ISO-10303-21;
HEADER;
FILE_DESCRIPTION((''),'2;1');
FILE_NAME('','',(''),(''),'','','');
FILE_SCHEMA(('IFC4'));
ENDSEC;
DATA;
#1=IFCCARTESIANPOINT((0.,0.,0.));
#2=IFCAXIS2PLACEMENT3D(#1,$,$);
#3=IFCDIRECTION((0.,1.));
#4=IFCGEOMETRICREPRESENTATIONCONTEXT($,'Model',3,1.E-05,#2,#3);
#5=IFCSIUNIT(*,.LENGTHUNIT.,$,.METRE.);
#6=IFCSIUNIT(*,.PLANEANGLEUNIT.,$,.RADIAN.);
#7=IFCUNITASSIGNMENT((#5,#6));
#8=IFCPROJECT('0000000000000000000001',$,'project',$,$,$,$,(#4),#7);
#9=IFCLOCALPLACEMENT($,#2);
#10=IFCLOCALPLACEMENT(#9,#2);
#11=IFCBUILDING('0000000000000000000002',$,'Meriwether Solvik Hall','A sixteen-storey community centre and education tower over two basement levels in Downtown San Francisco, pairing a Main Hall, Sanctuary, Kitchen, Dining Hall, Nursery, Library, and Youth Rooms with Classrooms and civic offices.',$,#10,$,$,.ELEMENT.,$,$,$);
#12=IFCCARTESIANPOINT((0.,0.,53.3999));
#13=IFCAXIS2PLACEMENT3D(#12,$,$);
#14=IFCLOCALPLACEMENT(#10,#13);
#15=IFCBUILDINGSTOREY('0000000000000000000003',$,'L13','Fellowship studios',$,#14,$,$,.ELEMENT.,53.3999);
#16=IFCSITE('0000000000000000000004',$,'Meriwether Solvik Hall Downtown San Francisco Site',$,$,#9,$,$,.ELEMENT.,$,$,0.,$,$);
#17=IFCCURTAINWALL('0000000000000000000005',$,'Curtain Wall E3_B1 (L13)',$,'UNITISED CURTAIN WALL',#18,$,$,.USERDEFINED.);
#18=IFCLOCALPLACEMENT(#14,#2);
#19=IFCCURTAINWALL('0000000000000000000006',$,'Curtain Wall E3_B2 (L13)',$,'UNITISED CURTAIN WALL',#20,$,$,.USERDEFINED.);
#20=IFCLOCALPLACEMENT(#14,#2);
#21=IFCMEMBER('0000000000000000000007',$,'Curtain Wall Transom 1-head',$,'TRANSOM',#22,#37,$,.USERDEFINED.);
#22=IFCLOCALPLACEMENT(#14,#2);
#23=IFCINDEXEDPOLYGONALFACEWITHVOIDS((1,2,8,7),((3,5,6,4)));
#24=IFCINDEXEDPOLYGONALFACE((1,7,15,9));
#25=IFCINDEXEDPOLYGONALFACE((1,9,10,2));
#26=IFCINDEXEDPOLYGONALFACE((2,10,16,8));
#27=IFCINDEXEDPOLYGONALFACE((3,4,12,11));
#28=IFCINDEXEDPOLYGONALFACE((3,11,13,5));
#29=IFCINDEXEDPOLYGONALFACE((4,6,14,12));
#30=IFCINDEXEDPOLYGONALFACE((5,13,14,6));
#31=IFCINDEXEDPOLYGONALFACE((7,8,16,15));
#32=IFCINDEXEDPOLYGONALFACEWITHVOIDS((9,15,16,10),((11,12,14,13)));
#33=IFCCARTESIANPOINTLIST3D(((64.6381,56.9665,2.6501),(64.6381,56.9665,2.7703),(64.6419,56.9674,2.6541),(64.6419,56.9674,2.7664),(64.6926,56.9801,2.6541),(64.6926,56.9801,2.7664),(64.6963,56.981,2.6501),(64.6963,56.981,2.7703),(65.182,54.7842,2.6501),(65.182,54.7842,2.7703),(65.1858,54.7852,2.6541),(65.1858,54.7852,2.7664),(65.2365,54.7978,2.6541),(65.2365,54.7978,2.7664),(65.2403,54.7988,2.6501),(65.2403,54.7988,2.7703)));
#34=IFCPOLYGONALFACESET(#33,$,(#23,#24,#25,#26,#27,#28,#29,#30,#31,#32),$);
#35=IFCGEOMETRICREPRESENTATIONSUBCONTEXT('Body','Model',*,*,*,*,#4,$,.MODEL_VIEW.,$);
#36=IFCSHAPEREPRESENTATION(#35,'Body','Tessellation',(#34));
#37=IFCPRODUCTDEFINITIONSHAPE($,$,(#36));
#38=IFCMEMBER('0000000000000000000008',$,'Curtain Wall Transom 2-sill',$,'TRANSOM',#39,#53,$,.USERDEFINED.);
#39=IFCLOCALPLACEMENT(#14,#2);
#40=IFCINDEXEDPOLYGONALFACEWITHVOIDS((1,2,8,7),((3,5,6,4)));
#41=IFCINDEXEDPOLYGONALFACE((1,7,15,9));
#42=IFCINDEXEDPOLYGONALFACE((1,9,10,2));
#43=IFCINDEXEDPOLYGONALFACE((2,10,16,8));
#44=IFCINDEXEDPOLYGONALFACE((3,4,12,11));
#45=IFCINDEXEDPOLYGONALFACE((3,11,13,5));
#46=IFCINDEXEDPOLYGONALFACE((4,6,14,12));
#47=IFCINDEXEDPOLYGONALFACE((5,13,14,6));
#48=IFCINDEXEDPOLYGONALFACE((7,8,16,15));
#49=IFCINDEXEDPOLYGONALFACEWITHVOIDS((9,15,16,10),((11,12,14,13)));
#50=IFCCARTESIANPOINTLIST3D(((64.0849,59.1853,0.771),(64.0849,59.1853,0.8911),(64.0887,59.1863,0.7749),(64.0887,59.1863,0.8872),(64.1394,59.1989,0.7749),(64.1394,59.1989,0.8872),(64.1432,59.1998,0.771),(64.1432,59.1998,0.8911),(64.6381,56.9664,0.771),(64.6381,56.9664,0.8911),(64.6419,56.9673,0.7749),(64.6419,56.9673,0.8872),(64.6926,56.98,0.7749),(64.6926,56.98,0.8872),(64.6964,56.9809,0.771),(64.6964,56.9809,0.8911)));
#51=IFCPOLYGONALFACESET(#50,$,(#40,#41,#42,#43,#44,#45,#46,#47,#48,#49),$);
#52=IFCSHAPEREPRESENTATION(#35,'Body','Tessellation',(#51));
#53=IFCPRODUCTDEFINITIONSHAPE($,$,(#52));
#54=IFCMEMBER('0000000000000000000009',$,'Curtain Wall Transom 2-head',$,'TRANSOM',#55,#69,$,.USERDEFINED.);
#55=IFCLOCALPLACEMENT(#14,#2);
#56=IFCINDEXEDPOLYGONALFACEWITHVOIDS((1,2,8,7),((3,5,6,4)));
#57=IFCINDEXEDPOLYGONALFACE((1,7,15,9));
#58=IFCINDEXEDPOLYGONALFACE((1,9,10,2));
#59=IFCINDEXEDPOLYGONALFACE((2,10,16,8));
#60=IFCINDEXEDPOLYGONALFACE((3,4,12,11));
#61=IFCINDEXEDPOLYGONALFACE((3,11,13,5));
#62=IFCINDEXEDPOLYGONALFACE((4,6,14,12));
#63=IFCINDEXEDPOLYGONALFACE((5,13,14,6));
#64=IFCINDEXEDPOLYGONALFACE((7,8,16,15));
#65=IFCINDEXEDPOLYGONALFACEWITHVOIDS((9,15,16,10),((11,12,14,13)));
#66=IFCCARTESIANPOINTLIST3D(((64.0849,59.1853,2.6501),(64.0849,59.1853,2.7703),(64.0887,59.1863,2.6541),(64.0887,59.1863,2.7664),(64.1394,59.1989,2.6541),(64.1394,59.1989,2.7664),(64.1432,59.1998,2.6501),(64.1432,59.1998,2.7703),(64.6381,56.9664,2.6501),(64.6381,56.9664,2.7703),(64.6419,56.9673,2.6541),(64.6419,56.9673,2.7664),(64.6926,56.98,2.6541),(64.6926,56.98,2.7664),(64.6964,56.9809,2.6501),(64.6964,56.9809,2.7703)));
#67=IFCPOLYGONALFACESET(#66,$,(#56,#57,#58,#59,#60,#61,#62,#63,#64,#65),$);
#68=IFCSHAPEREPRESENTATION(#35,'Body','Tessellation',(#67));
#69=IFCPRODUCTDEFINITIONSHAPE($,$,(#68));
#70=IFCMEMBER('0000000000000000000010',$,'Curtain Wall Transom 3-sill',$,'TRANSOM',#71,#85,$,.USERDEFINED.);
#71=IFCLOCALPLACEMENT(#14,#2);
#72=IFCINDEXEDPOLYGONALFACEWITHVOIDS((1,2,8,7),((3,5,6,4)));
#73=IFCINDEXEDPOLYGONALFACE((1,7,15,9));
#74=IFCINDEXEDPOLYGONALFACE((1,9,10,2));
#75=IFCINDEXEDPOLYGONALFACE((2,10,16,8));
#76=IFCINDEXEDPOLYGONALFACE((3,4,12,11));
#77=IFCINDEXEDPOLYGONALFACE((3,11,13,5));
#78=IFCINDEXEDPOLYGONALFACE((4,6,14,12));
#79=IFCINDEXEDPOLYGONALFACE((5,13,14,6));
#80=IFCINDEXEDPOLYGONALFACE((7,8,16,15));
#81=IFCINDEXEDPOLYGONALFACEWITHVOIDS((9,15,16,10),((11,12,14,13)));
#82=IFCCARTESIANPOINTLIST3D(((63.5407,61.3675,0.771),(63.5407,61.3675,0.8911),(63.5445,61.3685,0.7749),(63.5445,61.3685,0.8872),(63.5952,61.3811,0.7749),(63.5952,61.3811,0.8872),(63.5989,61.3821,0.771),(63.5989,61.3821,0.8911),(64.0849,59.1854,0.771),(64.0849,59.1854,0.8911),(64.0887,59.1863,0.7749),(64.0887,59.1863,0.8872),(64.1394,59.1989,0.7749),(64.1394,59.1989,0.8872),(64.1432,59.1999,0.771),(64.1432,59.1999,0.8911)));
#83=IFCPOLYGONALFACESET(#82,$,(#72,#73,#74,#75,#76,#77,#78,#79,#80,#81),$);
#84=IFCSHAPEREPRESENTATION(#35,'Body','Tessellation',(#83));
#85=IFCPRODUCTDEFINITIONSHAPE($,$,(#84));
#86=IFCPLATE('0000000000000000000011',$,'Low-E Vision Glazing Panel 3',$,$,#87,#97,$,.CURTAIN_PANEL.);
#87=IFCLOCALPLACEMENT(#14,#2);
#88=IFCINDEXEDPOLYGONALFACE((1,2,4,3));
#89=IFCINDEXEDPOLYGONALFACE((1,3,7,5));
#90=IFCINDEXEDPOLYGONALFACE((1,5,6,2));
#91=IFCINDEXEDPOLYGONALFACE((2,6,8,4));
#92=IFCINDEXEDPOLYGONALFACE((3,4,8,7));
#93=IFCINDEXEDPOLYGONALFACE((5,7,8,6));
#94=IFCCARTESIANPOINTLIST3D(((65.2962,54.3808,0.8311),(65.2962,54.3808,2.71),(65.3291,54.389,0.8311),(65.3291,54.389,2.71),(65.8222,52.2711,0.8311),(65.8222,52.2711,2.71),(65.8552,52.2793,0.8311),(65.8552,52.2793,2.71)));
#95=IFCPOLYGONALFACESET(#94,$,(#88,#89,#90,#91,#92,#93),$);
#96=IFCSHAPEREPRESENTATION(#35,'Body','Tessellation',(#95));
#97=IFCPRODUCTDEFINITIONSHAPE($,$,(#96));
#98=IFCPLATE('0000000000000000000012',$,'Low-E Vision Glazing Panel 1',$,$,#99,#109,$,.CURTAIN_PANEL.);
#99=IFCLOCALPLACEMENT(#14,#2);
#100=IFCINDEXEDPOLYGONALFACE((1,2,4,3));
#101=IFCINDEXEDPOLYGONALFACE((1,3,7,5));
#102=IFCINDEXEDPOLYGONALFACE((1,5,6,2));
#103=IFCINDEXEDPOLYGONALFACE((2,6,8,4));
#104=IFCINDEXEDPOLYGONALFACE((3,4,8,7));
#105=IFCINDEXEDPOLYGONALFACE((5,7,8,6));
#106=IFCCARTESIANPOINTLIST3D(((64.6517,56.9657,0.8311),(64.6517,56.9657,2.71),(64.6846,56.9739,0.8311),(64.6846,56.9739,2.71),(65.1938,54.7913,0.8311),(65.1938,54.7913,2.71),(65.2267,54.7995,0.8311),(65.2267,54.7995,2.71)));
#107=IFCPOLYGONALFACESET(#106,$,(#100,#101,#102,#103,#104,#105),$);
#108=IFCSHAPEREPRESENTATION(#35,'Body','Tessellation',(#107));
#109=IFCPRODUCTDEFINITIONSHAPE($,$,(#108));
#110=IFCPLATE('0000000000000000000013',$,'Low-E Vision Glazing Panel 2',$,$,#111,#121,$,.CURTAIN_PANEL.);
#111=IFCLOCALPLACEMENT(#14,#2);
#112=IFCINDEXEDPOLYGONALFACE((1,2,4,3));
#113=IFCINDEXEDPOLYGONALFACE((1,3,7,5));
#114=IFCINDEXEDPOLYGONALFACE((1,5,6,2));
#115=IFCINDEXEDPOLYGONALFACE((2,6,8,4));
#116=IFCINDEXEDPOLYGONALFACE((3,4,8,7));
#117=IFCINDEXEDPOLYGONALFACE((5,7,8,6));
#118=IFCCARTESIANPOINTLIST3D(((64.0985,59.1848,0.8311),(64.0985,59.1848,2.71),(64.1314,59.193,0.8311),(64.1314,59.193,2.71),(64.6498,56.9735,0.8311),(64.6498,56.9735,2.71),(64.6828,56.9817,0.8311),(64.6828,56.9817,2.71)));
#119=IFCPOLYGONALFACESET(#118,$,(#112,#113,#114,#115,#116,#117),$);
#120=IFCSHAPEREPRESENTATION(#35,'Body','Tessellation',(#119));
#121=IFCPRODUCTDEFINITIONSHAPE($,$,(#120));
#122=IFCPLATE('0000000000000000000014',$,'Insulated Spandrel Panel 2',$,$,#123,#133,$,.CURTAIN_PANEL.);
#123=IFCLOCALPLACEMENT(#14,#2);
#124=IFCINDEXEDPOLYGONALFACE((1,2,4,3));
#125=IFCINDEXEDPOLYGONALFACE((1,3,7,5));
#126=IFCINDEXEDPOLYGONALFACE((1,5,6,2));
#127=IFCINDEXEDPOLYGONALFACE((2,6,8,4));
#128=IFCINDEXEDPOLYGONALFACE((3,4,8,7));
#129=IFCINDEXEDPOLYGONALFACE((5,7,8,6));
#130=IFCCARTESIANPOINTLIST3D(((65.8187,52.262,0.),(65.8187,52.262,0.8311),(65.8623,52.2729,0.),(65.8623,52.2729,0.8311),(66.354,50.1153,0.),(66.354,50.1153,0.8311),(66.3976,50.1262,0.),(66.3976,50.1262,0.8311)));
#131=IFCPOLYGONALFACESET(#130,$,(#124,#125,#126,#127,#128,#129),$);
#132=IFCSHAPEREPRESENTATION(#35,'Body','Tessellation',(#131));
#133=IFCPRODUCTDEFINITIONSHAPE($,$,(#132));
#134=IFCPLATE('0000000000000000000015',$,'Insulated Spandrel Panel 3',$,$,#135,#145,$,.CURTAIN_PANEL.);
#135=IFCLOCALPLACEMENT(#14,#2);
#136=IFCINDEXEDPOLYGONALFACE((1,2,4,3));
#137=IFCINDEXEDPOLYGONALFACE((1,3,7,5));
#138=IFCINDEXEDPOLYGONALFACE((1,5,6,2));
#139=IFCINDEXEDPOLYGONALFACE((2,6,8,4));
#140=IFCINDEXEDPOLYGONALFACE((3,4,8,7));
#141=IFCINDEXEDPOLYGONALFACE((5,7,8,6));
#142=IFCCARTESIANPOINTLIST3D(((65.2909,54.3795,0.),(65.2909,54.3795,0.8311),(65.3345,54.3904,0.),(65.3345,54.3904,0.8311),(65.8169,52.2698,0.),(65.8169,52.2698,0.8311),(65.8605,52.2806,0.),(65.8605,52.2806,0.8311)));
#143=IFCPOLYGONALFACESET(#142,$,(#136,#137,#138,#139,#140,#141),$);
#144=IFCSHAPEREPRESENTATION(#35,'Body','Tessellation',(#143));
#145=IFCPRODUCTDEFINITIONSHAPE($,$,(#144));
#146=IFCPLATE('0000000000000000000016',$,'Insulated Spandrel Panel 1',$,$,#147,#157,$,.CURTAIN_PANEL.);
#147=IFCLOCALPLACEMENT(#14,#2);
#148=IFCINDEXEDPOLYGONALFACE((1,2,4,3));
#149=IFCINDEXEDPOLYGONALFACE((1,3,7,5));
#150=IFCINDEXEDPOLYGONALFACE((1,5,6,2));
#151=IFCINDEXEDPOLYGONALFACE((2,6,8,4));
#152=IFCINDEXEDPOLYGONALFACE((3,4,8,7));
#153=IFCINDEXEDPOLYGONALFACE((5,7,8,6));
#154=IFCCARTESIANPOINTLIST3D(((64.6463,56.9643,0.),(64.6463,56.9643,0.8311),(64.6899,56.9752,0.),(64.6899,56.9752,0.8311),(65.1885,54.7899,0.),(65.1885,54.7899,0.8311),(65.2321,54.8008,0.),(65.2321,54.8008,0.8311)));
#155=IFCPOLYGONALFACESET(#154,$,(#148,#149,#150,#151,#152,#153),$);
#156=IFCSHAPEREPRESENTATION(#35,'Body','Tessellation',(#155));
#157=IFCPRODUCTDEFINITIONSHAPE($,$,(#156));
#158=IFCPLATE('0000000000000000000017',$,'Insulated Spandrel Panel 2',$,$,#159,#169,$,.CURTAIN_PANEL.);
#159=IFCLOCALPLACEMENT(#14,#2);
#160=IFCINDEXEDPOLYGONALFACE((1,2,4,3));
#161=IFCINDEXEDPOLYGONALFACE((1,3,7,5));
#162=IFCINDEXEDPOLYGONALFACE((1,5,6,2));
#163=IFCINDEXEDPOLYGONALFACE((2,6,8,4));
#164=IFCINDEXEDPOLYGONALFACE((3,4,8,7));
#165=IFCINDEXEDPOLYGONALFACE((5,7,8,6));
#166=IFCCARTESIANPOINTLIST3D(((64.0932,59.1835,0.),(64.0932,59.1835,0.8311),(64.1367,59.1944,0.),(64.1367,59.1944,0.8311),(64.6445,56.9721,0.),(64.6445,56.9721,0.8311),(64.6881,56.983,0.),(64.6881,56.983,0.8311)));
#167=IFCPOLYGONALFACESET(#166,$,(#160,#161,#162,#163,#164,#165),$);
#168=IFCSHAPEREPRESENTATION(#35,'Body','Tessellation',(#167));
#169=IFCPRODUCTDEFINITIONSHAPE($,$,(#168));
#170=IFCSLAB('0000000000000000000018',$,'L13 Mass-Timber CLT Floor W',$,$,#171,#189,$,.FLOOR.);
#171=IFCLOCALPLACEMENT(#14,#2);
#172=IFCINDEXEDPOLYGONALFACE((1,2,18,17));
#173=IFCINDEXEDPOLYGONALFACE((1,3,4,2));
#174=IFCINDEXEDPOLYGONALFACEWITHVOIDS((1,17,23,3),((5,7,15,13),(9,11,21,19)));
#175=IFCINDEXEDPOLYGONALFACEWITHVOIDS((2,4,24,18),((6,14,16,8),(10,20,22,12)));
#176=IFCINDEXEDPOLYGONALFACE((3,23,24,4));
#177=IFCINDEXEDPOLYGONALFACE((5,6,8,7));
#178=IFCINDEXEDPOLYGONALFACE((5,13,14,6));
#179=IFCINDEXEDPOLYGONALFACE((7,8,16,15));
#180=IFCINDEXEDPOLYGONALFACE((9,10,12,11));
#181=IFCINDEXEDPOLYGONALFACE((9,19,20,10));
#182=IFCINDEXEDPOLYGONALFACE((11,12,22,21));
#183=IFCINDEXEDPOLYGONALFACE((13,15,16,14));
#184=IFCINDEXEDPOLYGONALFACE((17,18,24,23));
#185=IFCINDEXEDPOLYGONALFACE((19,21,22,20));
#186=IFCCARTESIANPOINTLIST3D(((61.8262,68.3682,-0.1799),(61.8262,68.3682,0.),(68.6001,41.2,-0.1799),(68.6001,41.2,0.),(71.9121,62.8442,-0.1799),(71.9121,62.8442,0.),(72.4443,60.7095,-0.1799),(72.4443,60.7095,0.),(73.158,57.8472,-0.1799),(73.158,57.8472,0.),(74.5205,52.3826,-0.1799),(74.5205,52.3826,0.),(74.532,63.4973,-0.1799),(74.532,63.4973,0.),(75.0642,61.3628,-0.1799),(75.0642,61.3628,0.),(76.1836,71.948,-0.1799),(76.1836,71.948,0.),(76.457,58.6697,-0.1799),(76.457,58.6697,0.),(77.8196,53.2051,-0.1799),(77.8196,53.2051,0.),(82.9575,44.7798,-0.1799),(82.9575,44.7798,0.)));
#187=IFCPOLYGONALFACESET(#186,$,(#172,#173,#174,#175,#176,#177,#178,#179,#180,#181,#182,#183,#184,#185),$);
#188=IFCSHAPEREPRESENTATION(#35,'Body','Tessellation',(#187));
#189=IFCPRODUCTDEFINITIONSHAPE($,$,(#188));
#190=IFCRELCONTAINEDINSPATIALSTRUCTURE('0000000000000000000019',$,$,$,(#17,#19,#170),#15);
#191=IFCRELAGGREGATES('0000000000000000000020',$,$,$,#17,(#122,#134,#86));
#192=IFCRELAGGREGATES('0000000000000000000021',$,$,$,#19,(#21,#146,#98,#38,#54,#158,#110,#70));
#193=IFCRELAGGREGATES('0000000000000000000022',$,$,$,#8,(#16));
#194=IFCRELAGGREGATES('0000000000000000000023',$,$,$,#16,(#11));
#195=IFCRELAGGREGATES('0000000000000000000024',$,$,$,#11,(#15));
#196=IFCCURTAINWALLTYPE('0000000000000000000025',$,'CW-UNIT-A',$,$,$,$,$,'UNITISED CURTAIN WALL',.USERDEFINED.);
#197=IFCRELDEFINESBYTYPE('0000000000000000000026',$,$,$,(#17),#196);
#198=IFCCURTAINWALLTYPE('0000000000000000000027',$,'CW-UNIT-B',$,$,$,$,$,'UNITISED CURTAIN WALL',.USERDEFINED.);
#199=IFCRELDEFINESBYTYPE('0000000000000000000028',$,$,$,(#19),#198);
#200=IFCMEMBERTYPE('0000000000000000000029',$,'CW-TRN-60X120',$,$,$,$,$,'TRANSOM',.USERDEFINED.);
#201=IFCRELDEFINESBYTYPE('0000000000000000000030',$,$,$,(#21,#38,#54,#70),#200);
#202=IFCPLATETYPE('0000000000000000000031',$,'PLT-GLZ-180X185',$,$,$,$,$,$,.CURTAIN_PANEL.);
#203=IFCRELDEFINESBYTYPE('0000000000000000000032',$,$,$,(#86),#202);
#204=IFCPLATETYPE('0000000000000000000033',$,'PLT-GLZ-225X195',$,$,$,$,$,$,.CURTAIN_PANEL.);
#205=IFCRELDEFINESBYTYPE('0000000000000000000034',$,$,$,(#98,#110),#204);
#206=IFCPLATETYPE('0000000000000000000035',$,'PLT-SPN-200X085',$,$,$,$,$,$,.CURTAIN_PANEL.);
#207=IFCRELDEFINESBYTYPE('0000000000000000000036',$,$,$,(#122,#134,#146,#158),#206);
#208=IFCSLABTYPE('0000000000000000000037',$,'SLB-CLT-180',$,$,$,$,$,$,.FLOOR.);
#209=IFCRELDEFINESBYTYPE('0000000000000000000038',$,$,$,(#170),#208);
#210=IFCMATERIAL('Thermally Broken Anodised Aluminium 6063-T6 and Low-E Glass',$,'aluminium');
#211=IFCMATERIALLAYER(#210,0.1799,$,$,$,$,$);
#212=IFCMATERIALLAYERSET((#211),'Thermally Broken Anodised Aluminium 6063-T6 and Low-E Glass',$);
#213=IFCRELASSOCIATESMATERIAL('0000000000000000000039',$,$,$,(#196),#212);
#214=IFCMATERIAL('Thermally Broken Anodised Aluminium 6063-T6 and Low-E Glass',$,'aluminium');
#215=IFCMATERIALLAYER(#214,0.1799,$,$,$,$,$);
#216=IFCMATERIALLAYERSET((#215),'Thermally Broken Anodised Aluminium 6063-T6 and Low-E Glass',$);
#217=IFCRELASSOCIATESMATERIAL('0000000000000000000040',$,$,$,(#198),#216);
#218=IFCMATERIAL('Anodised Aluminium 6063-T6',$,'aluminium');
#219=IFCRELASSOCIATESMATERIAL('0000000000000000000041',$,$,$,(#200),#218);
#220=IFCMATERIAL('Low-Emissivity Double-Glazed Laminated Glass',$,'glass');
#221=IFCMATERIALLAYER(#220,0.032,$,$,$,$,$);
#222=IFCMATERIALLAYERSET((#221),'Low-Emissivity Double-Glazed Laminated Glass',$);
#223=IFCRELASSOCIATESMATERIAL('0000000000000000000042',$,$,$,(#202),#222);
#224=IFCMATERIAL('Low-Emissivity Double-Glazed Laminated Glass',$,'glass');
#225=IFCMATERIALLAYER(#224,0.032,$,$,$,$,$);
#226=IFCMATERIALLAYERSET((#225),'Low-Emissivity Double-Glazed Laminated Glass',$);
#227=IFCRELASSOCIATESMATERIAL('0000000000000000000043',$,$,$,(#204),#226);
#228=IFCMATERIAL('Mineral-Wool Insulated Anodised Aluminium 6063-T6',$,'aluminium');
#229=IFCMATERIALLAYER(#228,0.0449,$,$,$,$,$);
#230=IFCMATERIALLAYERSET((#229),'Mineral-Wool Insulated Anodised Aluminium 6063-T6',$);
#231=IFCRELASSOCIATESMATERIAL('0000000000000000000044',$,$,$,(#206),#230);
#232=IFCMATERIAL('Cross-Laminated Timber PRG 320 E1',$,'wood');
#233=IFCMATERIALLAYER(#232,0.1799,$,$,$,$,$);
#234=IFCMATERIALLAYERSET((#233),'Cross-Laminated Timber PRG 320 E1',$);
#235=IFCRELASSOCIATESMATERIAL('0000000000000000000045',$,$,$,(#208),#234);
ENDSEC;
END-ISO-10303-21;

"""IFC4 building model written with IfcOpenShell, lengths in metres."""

from ifc_helpers import new_model, si_unit, direction, frame, origin, origin_2d, place, context, subcontext, project, spatial, polyline, rectangle, hollow_rectangle, outline, extrude, material, layer, layer_set, material_profile, profile_set, type_object, element, aggregate, save


model = new_model("IFC4")

# Units and contexts
model_context = context("Model", 3, precision=1e-05, world=origin(), true_north=direction((0.0, 1.0)))
body_context = subcontext(model_context, "Body", "Model", "MODEL_VIEW")
ifc_project = project(units=[si_unit("LENGTHUNIT", "METRE"), si_unit("PLANEANGLEUNIT", "RADIAN")], contexts=[model_context])

# Site, building, storey
site_placement = place(None, origin())
site = spatial("IfcSite", under=ifc_project, at=site_placement, Name="Meriwether Solvik Hall Downtown San Francisco Site", CompositionType="ELEMENT", RefElevation=0.0)
building_placement = place(site_placement, origin())
building = spatial("IfcBuilding", under=site, at=building_placement, Name="Meriwether Solvik Hall", Description="A sixteen-storey community centre and education tower over two basement levels in Downtown San Francisco, pairing a Main Hall, Sanctuary, Kitchen, Dining Hall, Nursery, Library, and Youth Rooms with Classrooms and civic offices.", CompositionType="ELEMENT")
storey_placement = place(building_placement, frame((0.0, 0.0, 53.3999)))
storey = spatial("IfcBuildingStorey", under=building, at=storey_placement, Name="L13", Description="Fellowship studios", CompositionType="ELEMENT", Elevation=53.3999)

# Curtain walls
ifc_material_1 = material(Name="Thermally Broken Anodised Aluminium 6063-T6 and Low-E Glass", Category="aluminium")
ifc_layer_1 = layer(ifc_material_1, 0.1799)
ifc_layer_set_1 = layer_set([ifc_layer_1], Name="Thermally Broken Anodised Aluminium 6063-T6 and Low-E Glass")
curtain_wall_type_1 = type_object("IfcCurtainWallType", Name="CW-UNIT-A", ElementType="UNITISED CURTAIN WALL", PredefinedType="USERDEFINED", material=ifc_layer_set_1)
curtain_wall_1_placement = place(storey_placement, origin())
curtain_wall_1 = element("IfcCurtainWall", 1, at=curtain_wall_1_placement, inside=storey, type_object=curtain_wall_type_1, Name="Curtain Wall E3_B1 (L13)", ObjectType="UNITISED CURTAIN WALL", PredefinedType="USERDEFINED")
ifc_material_2 = material(Name="Thermally Broken Anodised Aluminium 6063-T6 and Low-E Glass", Category="aluminium")
ifc_layer_2 = layer(ifc_material_2, 0.1799)
ifc_layer_set_2 = layer_set([ifc_layer_2], Name="Thermally Broken Anodised Aluminium 6063-T6 and Low-E Glass")
curtain_wall_type_2 = type_object("IfcCurtainWallType", Name="CW-UNIT-B", ElementType="UNITISED CURTAIN WALL", PredefinedType="USERDEFINED", material=ifc_layer_set_2)
curtain_wall_2_placement = place(storey_placement, origin())
curtain_wall_2 = element("IfcCurtainWall", 2, at=curtain_wall_2_placement, inside=storey, type_object=curtain_wall_type_2, Name="Curtain Wall E3_B2 (L13)", ObjectType="UNITISED CURTAIN WALL", PredefinedType="USERDEFINED")

# Members
ifc_material_3 = material(Name="Anodised Aluminium 6063-T6", Category="aluminium")
ifc_material_profile_1 = material_profile(ifc_material_3, hollow_rectangle(XDim=0.0601, YDim=0.1201, WallThickness=0.0039, at=origin_2d()), Name="CWT-60X120")
ifc_profile_set_1 = profile_set([ifc_material_profile_1], Name="Anodised Aluminium 6063-T6")
member_type_1 = type_object("IfcMemberType", Name="CW-TRN-60X120", ElementType="TRANSOM", PredefinedType="USERDEFINED", material=ifc_profile_set_1)
member_1_placement = place(storey_placement, frame((65.2112, 54.7915, 2.7102), z_axis=(-0.241871, 0.970308, 0.0), x_axis=(-0.970308, -0.241871, 0.0)))
member_1 = element("IfcMember", 3, at=member_1_placement, type_object=member_type_1, Name="Curtain Wall Transom 1-head", ObjectType="TRANSOM", PredefinedType="USERDEFINED", context=body_context, shape_type="SweptSolid", body=[
    extrude(hollow_rectangle(XDim=0.0601, YDim=0.1201, WallThickness=0.0039, at=origin_2d()), origin(), (0.0, 0.0, 1.0), 2.249),
])
member_2_placement = place(storey_placement, frame((64.6672, 56.9736, 0.8311), z_axis=(-0.241908, 0.970299, 0.0), x_axis=(-0.970299, -0.241908, 0.0)))
member_2 = element("IfcMember", 4, at=member_2_placement, type_object=member_type_1, Name="Curtain Wall Transom 2-sill", ObjectType="TRANSOM", PredefinedType="USERDEFINED", context=body_context, shape_type="SweptSolid", body=[
    extrude(hollow_rectangle(XDim=0.0601, YDim=0.1201, WallThickness=0.0039, at=origin_2d()), origin(), (0.0, 0.0, 1.0), 2.2869),
])
member_3_placement = place(storey_placement, frame((64.6672, 56.9736, 2.7102), z_axis=(-0.241908, 0.970299, 0.0), x_axis=(-0.970299, -0.241908, 0.0)))
member_3 = element("IfcMember", 5, at=member_3_placement, type_object=member_type_1, Name="Curtain Wall Transom 2-head", ObjectType="TRANSOM", PredefinedType="USERDEFINED", context=body_context, shape_type="SweptSolid", body=[
    extrude(hollow_rectangle(XDim=0.0601, YDim=0.1201, WallThickness=0.0039, at=origin_2d()), origin(), (0.0, 0.0, 1.0), 2.2869),
])
member_4_placement = place(storey_placement, frame((64.114, 59.1926, 0.8311), z_axis=(-0.241974, 0.970283, 0.0), x_axis=(-0.970283, -0.241974, 0.0)))
member_4 = element("IfcMember", 6, at=member_4_placement, type_object=member_type_1, Name="Curtain Wall Transom 3-sill", ObjectType="TRANSOM", PredefinedType="USERDEFINED", context=body_context, shape_type="SweptSolid", body=[
    extrude(hollow_rectangle(XDim=0.0601, YDim=0.1201, WallThickness=0.0039, at=origin_2d()), origin(), (0.0, 0.0, 1.0), 2.249),
])

# Plates
ifc_material_4 = material(Name="Low-Emissivity Double-Glazed Laminated Glass", Category="glass")
ifc_layer_3 = layer(ifc_material_4, 0.032)
ifc_layer_set_3 = layer_set([ifc_layer_3], Name="Low-Emissivity Double-Glazed Laminated Glass")
plate_type_1 = type_object("IfcPlateType", Name="PLT-GLZ-180X185", PredefinedType="CURTAIN_PANEL", material=ifc_layer_set_3)
plate_1_placement = place(storey_placement, frame((65.5757, 53.3301, 0.8311), z_axis=(0.0, 0.0, 1.0), x_axis=(-0.241922, 0.970296, 0.0)))
plate_1 = element("IfcPlate", 7, at=plate_1_placement, type_object=plate_type_1, Name="Low-E Vision Glazing Panel 3", PredefinedType="CURTAIN_PANEL", context=body_context, shape_type="SweptSolid", body=[
    extrude(rectangle(XDim=2.1743, YDim=0.0339, at=origin_2d()), origin(), (0.0, 0.0, 1.0), 1.8789),
])
ifc_material_5 = material(Name="Low-Emissivity Double-Glazed Laminated Glass", Category="glass")
ifc_layer_4 = layer(ifc_material_5, 0.032)
ifc_layer_set_4 = layer_set([ifc_layer_4], Name="Low-Emissivity Double-Glazed Laminated Glass")
plate_type_2 = type_object("IfcPlateType", Name="PLT-GLZ-225X195", PredefinedType="CURTAIN_PANEL", material=ifc_layer_set_4)
plate_2_placement = place(storey_placement, frame((64.9392, 55.8826, 0.8311), z_axis=(0.0, 0.0, 1.0), x_axis=(-0.241922, 0.970296, 0.0)))
plate_2 = element("IfcPlate", 8, at=plate_2_placement, type_object=plate_type_2, Name="Low-E Vision Glazing Panel 1", PredefinedType="CURTAIN_PANEL", context=body_context, shape_type="SweptSolid", body=[
    extrude(rectangle(XDim=2.241, YDim=0.0339, at=origin_2d()), origin(), (0.0, 0.0, 1.0), 1.8789),
])
plate_3_placement = place(storey_placement, frame((64.3906, 58.0833, 0.8311), z_axis=(0.0, 0.0, 1.0), x_axis=(-0.241922, 0.970296, 0.0)))
plate_3 = element("IfcPlate", 9, at=plate_3_placement, type_object=plate_type_2, Name="Low-E Vision Glazing Panel 2", PredefinedType="CURTAIN_PANEL", context=body_context, shape_type="SweptSolid", body=[
    extrude(rectangle(XDim=2.2791, YDim=0.0339, at=origin_2d()), origin(), (0.0, 0.0, 1.0), 1.8789),
])
ifc_material_6 = material(Name="Mineral-Wool Insulated Anodised Aluminium 6063-T6", Category="aluminium")
ifc_layer_5 = layer(ifc_material_6, 0.0449)
ifc_layer_set_5 = layer_set([ifc_layer_5], Name="Mineral-Wool Insulated Anodised Aluminium 6063-T6")
plate_type_3 = type_object("IfcPlateType", Name="PLT-SPN-200X085", PredefinedType="CURTAIN_PANEL", material=ifc_layer_set_5)
plate_4_placement = place(storey_placement, frame((66.1082, 51.1941, 0.0), z_axis=(0.0, 0.0, 1.0), x_axis=(-0.241922, 0.970296, 0.0)))
plate_4 = element("IfcPlate", 10, at=plate_4_placement, type_object=plate_type_3, Name="Insulated Spandrel Panel 2", PredefinedType="CURTAIN_PANEL", context=body_context, shape_type="SweptSolid", body=[
    extrude(rectangle(XDim=2.2124, YDim=0.0449, at=origin_2d()), origin(), (0.0, 0.0, 1.0), 0.8311),
])
plate_5_placement = place(storey_placement, frame((65.5757, 53.3301, 0.0), z_axis=(0.0, 0.0, 1.0), x_axis=(-0.241922, 0.970296, 0.0)))
plate_5 = element("IfcPlate", 11, at=plate_5_placement, type_object=plate_type_3, Name="Insulated Spandrel Panel 3", PredefinedType="CURTAIN_PANEL", context=body_context, shape_type="SweptSolid", body=[
    extrude(rectangle(XDim=2.1743, YDim=0.0449, at=origin_2d()), origin(), (0.0, 0.0, 1.0), 0.8311),
])
aggregate(curtain_wall_1, [plate_4, plate_5, plate_1])
plate_6_placement = place(storey_placement, frame((64.9392, 55.8826, 0.0), z_axis=(0.0, 0.0, 1.0), x_axis=(-0.241922, 0.970296, 0.0)))
plate_6 = element("IfcPlate", 12, at=plate_6_placement, type_object=plate_type_3, Name="Insulated Spandrel Panel 1", PredefinedType="CURTAIN_PANEL", context=body_context, shape_type="SweptSolid", body=[
    extrude(rectangle(XDim=2.241, YDim=0.0449, at=origin_2d()), origin(), (0.0, 0.0, 1.0), 0.8311),
])
plate_7_placement = place(storey_placement, frame((64.3906, 58.0833, 0.0), z_axis=(0.0, 0.0, 1.0), x_axis=(-0.241922, 0.970296, 0.0)))
plate_7 = element("IfcPlate", 13, at=plate_7_placement, type_object=plate_type_3, Name="Insulated Spandrel Panel 2", PredefinedType="CURTAIN_PANEL", context=body_context, shape_type="SweptSolid", body=[
    extrude(rectangle(XDim=2.2791, YDim=0.0449, at=origin_2d()), origin(), (0.0, 0.0, 1.0), 0.8311),
])
aggregate(curtain_wall_2, [member_1, plate_6, plate_2, member_2, member_3, plate_7, plate_3, member_4])

# Slab
ifc_material_7 = material(Name="Cross-Laminated Timber PRG 320 E1", Category="wood")
ifc_layer_6 = layer(ifc_material_7, 0.1799)
ifc_layer_set_6 = layer_set([ifc_layer_6], Name="Cross-Laminated Timber PRG 320 E1")
slab_type_1 = type_object("IfcSlabType", Name="SLB-CLT-180", PredefinedType="FLOOR", material=ifc_layer_set_6)
slab_1_placement = place(storey_placement, frame((0.0, 0.0, -0.1799)))
element("IfcSlab", 14, at=slab_1_placement, inside=storey, type_object=slab_type_1, Name="L13 Mass-Timber CLT Floor W", PredefinedType="FLOOR", context=body_context, shape_type="SweptSolid", body=[
    extrude(outline(polyline([(76.1836, 71.948), (82.9575, 44.7798), (68.6001, 41.2), (61.8262, 68.3682), (76.1836, 71.948)]), holes=[polyline([(74.5205, 52.3826), (77.8196, 53.2051), (76.457, 58.6697), (73.158, 57.8472), (74.5205, 52.3826)]), polyline([(71.9121, 62.8442), (72.4443, 60.7095), (75.0642, 61.3628), (74.532, 63.4973), (71.9121, 62.8442)])]), origin(), (0.0, 0.0, 1.0), 0.1799),
])

save(model, "model.ifc")
